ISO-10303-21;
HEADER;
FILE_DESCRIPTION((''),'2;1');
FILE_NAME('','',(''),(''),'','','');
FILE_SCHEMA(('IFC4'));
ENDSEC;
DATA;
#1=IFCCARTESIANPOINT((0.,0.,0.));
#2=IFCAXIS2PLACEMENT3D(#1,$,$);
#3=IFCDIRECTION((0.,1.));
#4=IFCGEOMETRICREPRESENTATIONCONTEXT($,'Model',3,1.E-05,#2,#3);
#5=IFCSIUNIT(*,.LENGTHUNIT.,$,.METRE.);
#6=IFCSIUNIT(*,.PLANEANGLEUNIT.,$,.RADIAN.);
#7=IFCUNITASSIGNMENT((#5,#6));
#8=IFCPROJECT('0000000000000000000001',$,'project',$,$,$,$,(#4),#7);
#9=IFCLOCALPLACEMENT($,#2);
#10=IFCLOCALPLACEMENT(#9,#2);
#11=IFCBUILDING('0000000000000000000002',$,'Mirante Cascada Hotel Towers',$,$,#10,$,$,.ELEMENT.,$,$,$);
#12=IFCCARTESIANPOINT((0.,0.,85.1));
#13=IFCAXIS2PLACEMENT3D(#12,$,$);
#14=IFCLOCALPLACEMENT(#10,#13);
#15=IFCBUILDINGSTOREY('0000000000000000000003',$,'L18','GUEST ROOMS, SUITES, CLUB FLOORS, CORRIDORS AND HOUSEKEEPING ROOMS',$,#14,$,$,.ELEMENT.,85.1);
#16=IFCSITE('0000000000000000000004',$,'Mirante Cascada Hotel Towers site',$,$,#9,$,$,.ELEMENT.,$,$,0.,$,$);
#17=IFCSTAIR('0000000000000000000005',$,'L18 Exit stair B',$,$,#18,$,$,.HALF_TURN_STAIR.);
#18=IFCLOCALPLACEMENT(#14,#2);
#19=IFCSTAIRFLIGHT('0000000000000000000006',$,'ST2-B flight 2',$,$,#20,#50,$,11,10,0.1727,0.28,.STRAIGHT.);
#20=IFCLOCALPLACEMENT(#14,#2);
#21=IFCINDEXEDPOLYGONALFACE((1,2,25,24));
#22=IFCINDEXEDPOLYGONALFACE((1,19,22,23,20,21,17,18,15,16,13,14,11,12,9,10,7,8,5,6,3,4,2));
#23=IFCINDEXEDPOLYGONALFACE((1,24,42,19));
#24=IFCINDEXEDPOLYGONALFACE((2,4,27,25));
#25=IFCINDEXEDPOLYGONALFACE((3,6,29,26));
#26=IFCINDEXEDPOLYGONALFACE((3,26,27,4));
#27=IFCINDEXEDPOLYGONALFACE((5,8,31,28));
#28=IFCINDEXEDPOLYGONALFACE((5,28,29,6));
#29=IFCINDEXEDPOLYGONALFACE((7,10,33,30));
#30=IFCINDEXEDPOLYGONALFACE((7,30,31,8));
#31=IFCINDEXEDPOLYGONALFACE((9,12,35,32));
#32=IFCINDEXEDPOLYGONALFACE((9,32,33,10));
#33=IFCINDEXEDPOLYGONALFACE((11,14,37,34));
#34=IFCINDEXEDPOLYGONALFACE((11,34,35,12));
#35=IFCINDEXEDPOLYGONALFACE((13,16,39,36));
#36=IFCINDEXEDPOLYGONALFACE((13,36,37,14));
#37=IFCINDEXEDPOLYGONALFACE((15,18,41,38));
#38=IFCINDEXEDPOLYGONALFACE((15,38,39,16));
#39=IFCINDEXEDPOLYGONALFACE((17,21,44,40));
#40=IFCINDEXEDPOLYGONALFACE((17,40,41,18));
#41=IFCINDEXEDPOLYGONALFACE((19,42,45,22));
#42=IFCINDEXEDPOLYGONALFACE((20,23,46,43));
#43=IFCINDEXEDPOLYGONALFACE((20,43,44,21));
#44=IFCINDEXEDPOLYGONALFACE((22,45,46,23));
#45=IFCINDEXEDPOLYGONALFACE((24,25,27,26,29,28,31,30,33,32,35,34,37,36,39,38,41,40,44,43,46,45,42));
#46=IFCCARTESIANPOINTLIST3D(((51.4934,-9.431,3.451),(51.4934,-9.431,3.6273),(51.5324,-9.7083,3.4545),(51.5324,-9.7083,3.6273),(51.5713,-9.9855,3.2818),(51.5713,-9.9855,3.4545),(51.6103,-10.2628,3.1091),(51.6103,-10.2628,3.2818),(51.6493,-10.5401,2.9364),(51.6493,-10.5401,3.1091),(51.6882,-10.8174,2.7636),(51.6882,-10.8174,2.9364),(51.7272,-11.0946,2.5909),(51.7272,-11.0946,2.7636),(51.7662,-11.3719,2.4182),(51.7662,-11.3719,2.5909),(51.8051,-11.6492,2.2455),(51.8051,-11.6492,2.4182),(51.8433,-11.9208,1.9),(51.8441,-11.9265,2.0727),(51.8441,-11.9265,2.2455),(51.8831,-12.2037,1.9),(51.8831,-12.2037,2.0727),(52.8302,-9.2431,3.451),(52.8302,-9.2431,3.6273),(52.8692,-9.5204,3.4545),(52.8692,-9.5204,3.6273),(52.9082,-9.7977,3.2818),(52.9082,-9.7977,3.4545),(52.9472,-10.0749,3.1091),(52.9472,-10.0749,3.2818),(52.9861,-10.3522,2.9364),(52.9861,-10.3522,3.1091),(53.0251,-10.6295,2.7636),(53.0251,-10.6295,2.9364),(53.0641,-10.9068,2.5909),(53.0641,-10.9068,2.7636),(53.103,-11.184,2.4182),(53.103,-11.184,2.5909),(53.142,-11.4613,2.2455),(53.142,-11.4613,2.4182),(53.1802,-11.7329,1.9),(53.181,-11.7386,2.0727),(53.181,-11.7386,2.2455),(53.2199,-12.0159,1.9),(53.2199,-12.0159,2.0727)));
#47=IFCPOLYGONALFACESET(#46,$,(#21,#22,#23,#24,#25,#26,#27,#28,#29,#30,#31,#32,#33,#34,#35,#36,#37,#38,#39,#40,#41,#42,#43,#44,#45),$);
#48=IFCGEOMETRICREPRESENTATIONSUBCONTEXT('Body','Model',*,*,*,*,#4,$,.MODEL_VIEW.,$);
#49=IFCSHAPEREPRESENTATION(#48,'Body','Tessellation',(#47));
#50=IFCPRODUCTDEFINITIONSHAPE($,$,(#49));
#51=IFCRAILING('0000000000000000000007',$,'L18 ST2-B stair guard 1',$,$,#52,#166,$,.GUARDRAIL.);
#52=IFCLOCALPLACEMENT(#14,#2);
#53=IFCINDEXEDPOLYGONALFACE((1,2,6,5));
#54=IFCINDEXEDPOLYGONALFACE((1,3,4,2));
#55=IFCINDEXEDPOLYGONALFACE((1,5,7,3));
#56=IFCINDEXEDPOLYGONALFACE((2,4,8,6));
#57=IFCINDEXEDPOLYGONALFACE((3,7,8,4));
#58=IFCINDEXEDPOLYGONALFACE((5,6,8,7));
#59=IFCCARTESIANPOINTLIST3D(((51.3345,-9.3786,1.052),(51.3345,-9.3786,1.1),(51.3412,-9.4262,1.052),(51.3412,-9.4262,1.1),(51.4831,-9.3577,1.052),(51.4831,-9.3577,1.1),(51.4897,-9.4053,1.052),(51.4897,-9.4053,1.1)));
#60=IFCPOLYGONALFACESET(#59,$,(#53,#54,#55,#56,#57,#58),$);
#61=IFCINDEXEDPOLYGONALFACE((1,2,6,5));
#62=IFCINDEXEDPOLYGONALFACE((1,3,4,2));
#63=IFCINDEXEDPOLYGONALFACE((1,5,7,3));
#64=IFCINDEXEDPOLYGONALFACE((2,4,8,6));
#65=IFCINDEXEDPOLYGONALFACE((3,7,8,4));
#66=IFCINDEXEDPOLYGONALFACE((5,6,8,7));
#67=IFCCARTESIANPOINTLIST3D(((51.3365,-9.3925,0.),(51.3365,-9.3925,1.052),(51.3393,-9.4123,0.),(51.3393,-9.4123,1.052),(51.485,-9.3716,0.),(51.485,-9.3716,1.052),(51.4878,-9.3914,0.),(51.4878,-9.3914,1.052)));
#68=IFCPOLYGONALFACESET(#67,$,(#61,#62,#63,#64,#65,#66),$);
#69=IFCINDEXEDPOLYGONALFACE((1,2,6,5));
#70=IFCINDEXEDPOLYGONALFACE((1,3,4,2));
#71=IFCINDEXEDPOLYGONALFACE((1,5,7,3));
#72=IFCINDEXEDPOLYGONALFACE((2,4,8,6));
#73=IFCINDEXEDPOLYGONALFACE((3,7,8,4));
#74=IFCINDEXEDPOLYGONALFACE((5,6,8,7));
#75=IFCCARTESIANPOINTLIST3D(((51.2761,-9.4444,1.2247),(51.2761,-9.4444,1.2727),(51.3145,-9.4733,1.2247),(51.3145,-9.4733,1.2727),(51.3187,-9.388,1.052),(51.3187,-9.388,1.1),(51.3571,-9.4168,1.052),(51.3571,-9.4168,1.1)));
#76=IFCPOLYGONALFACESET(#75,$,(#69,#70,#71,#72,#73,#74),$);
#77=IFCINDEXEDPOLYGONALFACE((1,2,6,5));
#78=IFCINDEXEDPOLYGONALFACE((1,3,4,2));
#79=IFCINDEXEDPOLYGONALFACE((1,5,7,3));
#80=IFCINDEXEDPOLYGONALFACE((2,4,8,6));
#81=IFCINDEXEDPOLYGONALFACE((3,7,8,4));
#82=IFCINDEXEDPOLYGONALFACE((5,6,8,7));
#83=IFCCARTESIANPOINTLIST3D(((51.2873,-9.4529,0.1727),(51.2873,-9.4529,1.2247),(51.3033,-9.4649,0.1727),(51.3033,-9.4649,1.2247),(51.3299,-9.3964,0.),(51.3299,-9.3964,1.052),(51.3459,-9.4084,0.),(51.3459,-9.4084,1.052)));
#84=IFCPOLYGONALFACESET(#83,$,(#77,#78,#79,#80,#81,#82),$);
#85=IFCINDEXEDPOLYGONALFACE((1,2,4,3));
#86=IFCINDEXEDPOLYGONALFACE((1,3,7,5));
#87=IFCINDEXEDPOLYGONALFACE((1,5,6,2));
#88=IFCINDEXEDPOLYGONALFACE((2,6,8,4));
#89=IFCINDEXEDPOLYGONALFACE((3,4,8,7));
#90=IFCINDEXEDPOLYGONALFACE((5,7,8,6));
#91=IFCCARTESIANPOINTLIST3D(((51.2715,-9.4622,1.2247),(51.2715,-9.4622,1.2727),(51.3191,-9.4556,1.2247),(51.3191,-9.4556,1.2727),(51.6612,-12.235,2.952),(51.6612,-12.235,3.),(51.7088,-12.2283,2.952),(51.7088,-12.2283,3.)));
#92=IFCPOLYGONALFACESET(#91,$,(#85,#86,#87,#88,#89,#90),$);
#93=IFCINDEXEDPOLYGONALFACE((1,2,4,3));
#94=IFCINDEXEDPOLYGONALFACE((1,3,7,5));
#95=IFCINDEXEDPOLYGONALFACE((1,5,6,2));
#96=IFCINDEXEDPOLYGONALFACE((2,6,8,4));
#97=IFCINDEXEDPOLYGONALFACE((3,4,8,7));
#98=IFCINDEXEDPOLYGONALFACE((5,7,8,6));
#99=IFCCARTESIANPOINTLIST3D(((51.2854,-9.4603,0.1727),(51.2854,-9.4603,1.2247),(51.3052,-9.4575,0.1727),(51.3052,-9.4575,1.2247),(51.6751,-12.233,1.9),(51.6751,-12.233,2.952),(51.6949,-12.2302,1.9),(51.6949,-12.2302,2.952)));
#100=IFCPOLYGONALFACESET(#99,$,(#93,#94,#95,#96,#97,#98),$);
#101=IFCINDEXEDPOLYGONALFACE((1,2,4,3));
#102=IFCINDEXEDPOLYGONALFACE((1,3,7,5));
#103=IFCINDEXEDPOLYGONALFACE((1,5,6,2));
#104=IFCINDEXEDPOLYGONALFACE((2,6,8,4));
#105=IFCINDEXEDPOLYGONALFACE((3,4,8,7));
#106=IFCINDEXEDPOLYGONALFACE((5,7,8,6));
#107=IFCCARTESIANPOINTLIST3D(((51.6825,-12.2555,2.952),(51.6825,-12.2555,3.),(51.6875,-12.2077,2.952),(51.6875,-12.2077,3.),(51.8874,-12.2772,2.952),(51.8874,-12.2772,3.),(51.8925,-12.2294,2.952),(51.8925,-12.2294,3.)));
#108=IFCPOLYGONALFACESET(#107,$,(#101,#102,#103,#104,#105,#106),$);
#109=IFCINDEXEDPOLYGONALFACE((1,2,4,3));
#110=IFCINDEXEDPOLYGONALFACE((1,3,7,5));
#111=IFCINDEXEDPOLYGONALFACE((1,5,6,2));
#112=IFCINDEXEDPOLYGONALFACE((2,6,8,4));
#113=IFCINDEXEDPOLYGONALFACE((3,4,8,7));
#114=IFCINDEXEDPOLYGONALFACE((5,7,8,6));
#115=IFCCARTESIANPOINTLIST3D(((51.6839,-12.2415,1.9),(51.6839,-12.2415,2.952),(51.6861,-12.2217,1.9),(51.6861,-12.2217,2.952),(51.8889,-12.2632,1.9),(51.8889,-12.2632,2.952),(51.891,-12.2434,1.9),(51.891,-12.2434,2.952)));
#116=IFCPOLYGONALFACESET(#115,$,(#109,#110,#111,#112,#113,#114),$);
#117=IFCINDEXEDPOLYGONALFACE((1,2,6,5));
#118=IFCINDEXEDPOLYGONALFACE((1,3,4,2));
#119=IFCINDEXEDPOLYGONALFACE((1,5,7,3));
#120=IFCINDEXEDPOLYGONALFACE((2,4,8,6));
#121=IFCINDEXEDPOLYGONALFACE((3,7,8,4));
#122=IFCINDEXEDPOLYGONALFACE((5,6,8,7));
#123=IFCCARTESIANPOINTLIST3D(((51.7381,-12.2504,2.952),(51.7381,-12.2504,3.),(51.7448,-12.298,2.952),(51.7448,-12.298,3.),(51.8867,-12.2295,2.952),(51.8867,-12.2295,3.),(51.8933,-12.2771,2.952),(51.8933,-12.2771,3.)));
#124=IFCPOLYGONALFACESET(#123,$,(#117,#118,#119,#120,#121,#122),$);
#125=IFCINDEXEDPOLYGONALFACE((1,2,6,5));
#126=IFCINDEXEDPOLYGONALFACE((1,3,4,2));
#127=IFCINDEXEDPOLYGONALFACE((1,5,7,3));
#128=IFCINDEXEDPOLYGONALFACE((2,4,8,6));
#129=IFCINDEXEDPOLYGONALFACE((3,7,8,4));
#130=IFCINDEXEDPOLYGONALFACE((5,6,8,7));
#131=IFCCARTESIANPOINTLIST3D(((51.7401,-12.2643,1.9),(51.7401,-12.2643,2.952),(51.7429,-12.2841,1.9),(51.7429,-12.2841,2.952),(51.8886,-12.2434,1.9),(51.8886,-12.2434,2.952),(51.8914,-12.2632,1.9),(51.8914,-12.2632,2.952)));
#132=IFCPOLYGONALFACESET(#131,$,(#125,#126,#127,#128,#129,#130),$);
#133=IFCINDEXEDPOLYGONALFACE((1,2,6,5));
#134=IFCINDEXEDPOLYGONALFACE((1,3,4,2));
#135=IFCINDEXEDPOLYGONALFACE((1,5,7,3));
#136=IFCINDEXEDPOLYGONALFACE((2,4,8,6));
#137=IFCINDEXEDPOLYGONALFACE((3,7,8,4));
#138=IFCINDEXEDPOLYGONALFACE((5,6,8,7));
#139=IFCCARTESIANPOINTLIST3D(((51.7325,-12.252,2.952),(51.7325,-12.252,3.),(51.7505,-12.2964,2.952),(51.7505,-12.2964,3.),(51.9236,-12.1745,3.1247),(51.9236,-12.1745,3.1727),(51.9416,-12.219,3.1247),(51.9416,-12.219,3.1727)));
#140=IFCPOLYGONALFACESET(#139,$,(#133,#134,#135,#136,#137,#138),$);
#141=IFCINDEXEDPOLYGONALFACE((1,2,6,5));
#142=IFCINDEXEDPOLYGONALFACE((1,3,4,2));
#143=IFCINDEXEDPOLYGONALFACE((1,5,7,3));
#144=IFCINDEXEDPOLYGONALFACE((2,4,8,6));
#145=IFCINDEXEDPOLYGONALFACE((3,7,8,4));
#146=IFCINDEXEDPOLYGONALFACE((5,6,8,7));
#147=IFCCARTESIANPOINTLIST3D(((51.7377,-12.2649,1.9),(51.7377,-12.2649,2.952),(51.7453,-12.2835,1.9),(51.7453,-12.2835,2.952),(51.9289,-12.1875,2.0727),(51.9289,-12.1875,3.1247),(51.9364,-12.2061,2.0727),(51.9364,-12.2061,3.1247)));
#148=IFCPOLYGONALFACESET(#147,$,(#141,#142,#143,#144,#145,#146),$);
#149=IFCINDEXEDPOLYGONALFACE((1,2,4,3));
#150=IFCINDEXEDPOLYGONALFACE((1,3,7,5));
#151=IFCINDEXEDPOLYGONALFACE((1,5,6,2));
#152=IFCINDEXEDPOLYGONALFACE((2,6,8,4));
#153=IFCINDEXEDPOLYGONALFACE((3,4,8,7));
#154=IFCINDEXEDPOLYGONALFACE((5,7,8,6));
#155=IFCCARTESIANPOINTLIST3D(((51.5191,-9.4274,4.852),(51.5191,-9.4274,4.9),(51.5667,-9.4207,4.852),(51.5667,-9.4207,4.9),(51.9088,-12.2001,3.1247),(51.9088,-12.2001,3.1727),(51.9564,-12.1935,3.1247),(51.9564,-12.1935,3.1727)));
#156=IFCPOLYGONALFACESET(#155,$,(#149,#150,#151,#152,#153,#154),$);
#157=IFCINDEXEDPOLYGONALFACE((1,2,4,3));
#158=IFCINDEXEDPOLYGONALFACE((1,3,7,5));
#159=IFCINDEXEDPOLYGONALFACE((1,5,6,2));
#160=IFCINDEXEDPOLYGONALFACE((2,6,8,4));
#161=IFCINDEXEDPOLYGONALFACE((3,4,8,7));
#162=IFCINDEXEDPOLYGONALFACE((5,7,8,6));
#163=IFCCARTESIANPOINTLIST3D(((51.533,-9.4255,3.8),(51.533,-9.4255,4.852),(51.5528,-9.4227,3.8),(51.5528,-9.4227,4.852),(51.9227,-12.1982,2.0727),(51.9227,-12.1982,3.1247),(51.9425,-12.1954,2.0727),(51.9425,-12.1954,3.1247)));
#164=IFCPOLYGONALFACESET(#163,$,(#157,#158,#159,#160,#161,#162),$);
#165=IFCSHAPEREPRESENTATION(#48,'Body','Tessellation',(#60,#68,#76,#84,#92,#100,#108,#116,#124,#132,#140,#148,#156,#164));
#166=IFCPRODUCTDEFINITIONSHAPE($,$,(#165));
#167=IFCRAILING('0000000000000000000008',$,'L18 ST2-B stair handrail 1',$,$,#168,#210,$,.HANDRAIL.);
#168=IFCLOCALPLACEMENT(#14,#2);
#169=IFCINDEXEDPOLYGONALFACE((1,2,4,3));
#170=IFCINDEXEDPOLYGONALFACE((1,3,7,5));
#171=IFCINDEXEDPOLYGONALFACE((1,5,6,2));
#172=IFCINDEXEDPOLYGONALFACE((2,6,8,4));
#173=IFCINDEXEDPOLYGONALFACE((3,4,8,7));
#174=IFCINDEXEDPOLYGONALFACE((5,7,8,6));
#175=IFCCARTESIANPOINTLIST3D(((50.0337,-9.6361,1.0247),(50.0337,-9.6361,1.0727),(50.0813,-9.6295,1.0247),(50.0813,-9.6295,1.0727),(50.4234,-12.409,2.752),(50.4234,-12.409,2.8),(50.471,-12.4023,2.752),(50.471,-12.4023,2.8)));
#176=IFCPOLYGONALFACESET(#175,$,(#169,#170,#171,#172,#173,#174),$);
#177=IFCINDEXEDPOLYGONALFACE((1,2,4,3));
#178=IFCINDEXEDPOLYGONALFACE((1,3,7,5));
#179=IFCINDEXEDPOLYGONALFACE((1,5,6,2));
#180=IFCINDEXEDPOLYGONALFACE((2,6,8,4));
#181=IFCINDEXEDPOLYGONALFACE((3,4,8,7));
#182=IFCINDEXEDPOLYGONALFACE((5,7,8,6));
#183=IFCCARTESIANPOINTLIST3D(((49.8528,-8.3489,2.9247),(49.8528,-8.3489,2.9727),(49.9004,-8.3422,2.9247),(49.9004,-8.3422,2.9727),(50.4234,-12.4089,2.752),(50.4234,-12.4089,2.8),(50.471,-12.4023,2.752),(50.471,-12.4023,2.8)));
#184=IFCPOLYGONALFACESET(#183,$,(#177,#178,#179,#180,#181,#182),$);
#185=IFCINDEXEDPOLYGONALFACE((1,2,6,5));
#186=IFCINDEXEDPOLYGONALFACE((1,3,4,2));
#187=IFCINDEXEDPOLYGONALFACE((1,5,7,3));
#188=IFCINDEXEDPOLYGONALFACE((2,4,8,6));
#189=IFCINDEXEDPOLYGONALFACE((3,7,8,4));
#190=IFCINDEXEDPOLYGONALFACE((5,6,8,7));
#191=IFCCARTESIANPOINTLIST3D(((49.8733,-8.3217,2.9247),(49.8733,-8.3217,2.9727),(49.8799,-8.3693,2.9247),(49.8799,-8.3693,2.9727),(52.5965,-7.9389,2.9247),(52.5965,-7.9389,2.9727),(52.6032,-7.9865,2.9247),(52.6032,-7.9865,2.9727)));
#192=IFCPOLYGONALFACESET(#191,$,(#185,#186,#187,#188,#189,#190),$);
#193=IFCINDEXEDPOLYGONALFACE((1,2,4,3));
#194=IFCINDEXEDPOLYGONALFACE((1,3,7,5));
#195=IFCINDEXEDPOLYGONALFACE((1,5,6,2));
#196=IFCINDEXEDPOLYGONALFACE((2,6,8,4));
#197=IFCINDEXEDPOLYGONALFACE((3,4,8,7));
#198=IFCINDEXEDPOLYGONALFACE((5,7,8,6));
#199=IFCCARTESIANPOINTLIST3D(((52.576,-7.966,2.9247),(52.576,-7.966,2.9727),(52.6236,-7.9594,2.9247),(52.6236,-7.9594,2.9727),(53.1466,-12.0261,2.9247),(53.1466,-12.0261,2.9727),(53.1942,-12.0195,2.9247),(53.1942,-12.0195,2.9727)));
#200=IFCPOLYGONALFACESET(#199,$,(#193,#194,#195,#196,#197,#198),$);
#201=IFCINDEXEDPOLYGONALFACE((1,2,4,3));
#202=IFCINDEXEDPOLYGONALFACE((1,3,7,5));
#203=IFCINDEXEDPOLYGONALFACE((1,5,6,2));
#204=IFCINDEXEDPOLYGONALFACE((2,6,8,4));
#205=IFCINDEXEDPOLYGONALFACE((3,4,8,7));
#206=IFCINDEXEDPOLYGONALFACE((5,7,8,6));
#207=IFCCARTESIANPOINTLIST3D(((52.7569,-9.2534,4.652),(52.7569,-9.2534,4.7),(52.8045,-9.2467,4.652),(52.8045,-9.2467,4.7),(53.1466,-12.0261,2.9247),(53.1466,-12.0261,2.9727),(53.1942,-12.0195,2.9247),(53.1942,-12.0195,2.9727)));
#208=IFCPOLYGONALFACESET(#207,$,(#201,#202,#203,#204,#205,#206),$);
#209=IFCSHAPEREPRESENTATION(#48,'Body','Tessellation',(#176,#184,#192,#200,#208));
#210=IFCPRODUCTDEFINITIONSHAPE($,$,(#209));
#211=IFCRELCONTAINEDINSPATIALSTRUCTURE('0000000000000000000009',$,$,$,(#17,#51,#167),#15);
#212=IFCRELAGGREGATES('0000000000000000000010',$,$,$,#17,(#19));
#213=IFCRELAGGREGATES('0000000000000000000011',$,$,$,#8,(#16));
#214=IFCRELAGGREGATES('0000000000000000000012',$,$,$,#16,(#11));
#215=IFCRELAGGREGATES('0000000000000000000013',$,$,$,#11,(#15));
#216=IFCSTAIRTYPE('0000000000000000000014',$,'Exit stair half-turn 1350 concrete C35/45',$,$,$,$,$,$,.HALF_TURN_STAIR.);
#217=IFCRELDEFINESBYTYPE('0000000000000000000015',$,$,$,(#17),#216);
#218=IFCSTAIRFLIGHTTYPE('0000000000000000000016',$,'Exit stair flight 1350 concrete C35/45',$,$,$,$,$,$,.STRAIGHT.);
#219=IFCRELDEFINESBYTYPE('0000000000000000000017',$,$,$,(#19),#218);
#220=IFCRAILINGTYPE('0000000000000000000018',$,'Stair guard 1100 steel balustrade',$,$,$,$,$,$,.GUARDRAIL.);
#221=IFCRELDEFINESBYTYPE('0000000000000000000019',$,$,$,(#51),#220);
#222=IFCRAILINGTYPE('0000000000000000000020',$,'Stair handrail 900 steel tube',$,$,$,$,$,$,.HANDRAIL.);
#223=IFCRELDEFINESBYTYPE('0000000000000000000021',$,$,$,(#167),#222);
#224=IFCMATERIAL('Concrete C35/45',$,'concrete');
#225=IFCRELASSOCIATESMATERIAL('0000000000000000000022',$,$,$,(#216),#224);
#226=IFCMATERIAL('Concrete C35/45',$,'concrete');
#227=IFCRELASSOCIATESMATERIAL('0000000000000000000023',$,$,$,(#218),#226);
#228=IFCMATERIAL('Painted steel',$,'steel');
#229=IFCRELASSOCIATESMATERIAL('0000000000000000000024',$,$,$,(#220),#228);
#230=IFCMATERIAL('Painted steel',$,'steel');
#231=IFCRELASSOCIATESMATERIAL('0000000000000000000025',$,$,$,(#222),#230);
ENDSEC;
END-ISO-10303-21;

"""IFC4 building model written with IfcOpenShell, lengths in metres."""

from ifc_helpers import new_model, si_unit, direction, frame, origin, origin_2d, place, context, subcontext, project, spatial, polyline, rectangle, outline, extrude, material, type_object, element, aggregate, save


model = new_model("IFC4")

# Units and contexts
model_context = context("Model", 3, precision=1e-05, world=origin(), true_north=direction((0.0, 1.0)))
body_context = subcontext(model_context, "Body", "Model", "MODEL_VIEW")
ifc_project = project(units=[si_unit("LENGTHUNIT", "METRE"), si_unit("PLANEANGLEUNIT", "RADIAN")], contexts=[model_context])

# Site, building, storey
site_placement = place(None, origin())
site = spatial("IfcSite", under=ifc_project, at=site_placement, Name="Mirante Cascada Hotel Towers site", CompositionType="ELEMENT", RefElevation=0.0)
building_placement = place(site_placement, origin())
building = spatial("IfcBuilding", under=site, at=building_placement, Name="Mirante Cascada Hotel Towers", CompositionType="ELEMENT")
storey_placement = place(building_placement, frame((0.0, 0.0, 85.1)))
storey = spatial("IfcBuildingStorey", under=building, at=storey_placement, Name="L18", Description="GUEST ROOMS, SUITES, CLUB FLOORS, CORRIDORS AND HOUSEKEEPING ROOMS", CompositionType="ELEMENT", Elevation=85.1)

# Stair, stair flight
ifc_material_1 = material(Name="Concrete C35/45", Category="concrete")
stair_type = type_object("IfcStairType", Name="Exit stair half-turn 1350 concrete C35/45", PredefinedType="HALF_TURN_STAIR", material=ifc_material_1)
stair_placement = place(storey_placement, origin())
stair = element("IfcStair", 1, at=stair_placement, inside=storey, type_object=stair_type, Name="L18 Exit stair B", PredefinedType="HALF_TURN_STAIR")
ifc_material_2 = material(Name="Concrete C35/45", Category="concrete")
stair_flight_type = type_object("IfcStairFlightType", Name="Exit stair flight 1350 concrete C35/45", PredefinedType="STRAIGHT", material=ifc_material_2)
stair_flight_1_placement = place(storey_placement, frame((52.5515, -12.1098, 1.9), z_axis=(0.0, 0.0, 1.0), x_axis=(-0.139173, 0.990268, 0.0)))
stair_flight_1 = element("IfcStairFlight", 2, at=stair_flight_1_placement, type_object=stair_flight_type, Name="ST2-B flight 2", NumberOfRisers=11, NumberOfTreads=10, PredefinedType="STRAIGHT", RiserHeight=0.1727, TreadLength=0.28, context=body_context, shape_type="SweptSolid", body=[
    extrude(outline(polyline([(0.0, 0.0), (0.0, 0.1727), (0.28, 0.1727), (0.28, 0.3455), (0.56, 0.3455), (0.56, 0.5182), (0.84, 0.5182), (0.84, 0.6909), (1.12, 0.6909), (1.12, 0.8636), (1.4, 0.8636), (1.4, 1.0364), (1.68, 1.0364), (1.68, 1.2091), (1.96, 1.2091), (1.96, 1.3818), (2.24, 1.3818), (2.24, 1.5545), (2.52, 1.5545), (2.52, 1.7273), (2.8, 1.7273), (2.8, 1.9), (2.8, 1.551), (0.2857, 0.0), (0.0, 0.0)])), frame((0.0, 0.675, 0.0), z_axis=(0.0, -1.0, 0.0), x_axis=(1.0, 0.0, 0.0)), (0.0, 0.0, 1.0), 1.35),
])
aggregate(stair, [stair_flight_1])

# Railings
ifc_material_3 = material(Name="Painted steel", Category="steel")
railing_type_1 = type_object("IfcRailingType", Name="Stair guard 1100 steel balustrade", PredefinedType="GUARDRAIL", material=ifc_material_3)
railing_1_placement = place(storey_placement, frame((51.4864, -9.3815, 0.0)))
element("IfcRailing", 3, at=railing_1_placement, inside=storey, type_object=railing_type_1, Name="L18 ST2-B stair guard 1", PredefinedType="GUARDRAIL", context=body_context, shape_type="SweptSolid", body=[
    extrude(rectangle(XDim=0.048, YDim=0.048, at=origin_2d()), frame((0.0, 0.0, 1.076), z_axis=(-0.990241, -0.139367, 0.0), x_axis=(0.139367, -0.990241, 0.0)), (0.0, 0.0, 1.0), 0.15),
    extrude(rectangle(XDim=0.02, YDim=1.052, at=origin_2d()), frame((0.0, 0.0, 0.526), z_axis=(-0.990241, -0.139367, 0.0), x_axis=(0.139367, -0.990241, 0.0)), (0.0, 0.0, 1.0), 0.15),
    extrude(rectangle(XDim=0.048, YDim=0.048, at=origin_2d()), frame((-0.1485, -0.0209, 1.076), z_axis=(-0.602033, -0.798471, 0.0), x_axis=(0.798471, -0.602033, 0.0)), (0.0, 0.92534, 0.379139), 0.1866),
    extrude(rectangle(XDim=0.02, YDim=1.052, at=origin_2d()), frame((-0.1485, -0.0209, 0.526), z_axis=(-0.602033, -0.798471, 0.0), x_axis=(0.798471, -0.602033, 0.0)), (0.0, 0.92534, 0.379139), 0.1866),
    extrude(rectangle(XDim=0.048, YDim=0.048, at=origin_2d()), frame((-0.1911, -0.0774, 1.2487), z_axis=(0.139181, -0.990267, 0.0), x_axis=(0.990267, 0.139181, 0.0)), (0.0, 0.525035, 0.851081), 3.2899),
    extrude(rectangle(XDim=0.02, YDim=1.052, at=origin_2d()), frame((-0.1911, -0.0774, 0.6987), z_axis=(0.139181, -0.990267, 0.0), x_axis=(0.990267, 0.139181, 0.0)), (0.0, 0.525035, 0.851081), 3.2899),
    extrude(rectangle(XDim=0.048, YDim=0.048, at=origin_2d()), frame((0.1986, -2.8501, 2.976), z_axis=(0.994444, -0.105266, 0.0), x_axis=(0.105266, 0.994444, 0.0)), (0.0, 0.0, 1.0), 0.2061),
    extrude(rectangle(XDim=0.02, YDim=1.052, at=origin_2d()), frame((0.1986, -2.8501, 2.426), z_axis=(0.994444, -0.105266, 0.0), x_axis=(0.105266, 0.994444, 0.0)), (0.0, 0.0, 1.0), 0.2061),
    extrude(rectangle(XDim=0.048, YDim=0.048, at=origin_2d()), frame((0.4036, -2.8718, 2.976), z_axis=(-0.990241, -0.139367, 0.0), x_axis=(0.139367, -0.990241, 0.0)), (0.0, 0.0, 1.0), 0.15),
    extrude(rectangle(XDim=0.02, YDim=1.052, at=origin_2d()), frame((0.4036, -2.8718, 2.426), z_axis=(-0.990241, -0.139367, 0.0), x_axis=(0.139367, -0.990241, 0.0)), (0.0, 0.0, 1.0), 0.15),
    extrude(rectangle(XDim=0.048, YDim=0.048, at=origin_2d()), frame((0.2551, -2.8927, 2.976), z_axis=(0.926862, 0.375401, 0.0), x_axis=(-0.375401, 0.926862, 0.0)), (0.0, 0.642122, 0.766603), 0.269),
    extrude(rectangle(XDim=0.02, YDim=1.052, at=origin_2d()), frame((0.2551, -2.8927, 2.426), z_axis=(0.926862, 0.375401, 0.0), x_axis=(-0.375401, 0.926862, 0.0)), (0.0, 0.642122, 0.766603), 0.269),
    extrude(rectangle(XDim=0.048, YDim=0.048, at=origin_2d()), frame((0.4462, -2.8153, 3.1487), z_axis=(-0.139181, 0.990267, 0.0), x_axis=(-0.990267, -0.139181, 0.0)), (0.0, 0.525035, 0.851081), 3.2899),
    extrude(rectangle(XDim=0.02, YDim=1.052, at=origin_2d()), frame((0.4462, -2.8153, 2.5987), z_axis=(-0.139181, 0.990267, 0.0), x_axis=(-0.990267, -0.139181, 0.0)), (0.0, 0.525035, 0.851081), 3.2899),
])
ifc_material_4 = material(Name="Painted steel", Category="steel")
railing_type_2 = type_object("IfcRailingType", Name="Stair handrail 900 steel tube", PredefinedType="HANDRAIL", material=ifc_material_4)
railing_2_placement = place(storey_placement, frame((50.0575, -9.6328, 0.1727)))
element("IfcRailing", 4, at=railing_2_placement, inside=storey, type_object=railing_type_2, Name="L18 ST2-B stair handrail 1", PredefinedType="HANDRAIL", context=body_context, shape_type="SweptSolid", body=[
    extrude(rectangle(XDim=0.048, YDim=0.048, at=origin_2d()), frame((0.0, 0.0, 0.876), z_axis=(0.139176, -0.990268, 0.0), x_axis=(0.990268, 0.139176, 0.0)), (0.0, 0.525021, 0.851089), 3.29),
    extrude(rectangle(XDim=0.048, YDim=0.048, at=origin_2d()), frame((0.3897, -2.7728, 2.6033), z_axis=(-0.139171, 0.990268, 0.0), x_axis=(-0.990268, -0.139171, 0.0)), (0.0, 0.042085, 0.999114), 4.1036),
    extrude(rectangle(XDim=0.048, YDim=0.048, at=origin_2d()), frame((-0.1809, 1.2873, 2.776), z_axis=(0.990264, 0.139201, 0.0), x_axis=(-0.139201, 0.990264, 0.0)), (0.0, 0.0, 1.0), 2.75),
    extrude(rectangle(XDim=0.048, YDim=0.048, at=origin_2d()), frame((2.5423, 1.6701, 2.776), z_axis=(0.139171, -0.990268, 0.0), x_axis=(0.990268, 0.139171, 0.0)), (0.0, 0.0, 1.0), 4.1),
    extrude(rectangle(XDim=0.048, YDim=0.048, at=origin_2d()), frame((3.1129, -2.39, 2.776), z_axis=(-0.139181, 0.990267, 0.0), x_axis=(-0.990267, -0.139181, 0.0)), (0.0, 0.525035, 0.851081), 3.2899),
])

save(model, "model.ifc")
